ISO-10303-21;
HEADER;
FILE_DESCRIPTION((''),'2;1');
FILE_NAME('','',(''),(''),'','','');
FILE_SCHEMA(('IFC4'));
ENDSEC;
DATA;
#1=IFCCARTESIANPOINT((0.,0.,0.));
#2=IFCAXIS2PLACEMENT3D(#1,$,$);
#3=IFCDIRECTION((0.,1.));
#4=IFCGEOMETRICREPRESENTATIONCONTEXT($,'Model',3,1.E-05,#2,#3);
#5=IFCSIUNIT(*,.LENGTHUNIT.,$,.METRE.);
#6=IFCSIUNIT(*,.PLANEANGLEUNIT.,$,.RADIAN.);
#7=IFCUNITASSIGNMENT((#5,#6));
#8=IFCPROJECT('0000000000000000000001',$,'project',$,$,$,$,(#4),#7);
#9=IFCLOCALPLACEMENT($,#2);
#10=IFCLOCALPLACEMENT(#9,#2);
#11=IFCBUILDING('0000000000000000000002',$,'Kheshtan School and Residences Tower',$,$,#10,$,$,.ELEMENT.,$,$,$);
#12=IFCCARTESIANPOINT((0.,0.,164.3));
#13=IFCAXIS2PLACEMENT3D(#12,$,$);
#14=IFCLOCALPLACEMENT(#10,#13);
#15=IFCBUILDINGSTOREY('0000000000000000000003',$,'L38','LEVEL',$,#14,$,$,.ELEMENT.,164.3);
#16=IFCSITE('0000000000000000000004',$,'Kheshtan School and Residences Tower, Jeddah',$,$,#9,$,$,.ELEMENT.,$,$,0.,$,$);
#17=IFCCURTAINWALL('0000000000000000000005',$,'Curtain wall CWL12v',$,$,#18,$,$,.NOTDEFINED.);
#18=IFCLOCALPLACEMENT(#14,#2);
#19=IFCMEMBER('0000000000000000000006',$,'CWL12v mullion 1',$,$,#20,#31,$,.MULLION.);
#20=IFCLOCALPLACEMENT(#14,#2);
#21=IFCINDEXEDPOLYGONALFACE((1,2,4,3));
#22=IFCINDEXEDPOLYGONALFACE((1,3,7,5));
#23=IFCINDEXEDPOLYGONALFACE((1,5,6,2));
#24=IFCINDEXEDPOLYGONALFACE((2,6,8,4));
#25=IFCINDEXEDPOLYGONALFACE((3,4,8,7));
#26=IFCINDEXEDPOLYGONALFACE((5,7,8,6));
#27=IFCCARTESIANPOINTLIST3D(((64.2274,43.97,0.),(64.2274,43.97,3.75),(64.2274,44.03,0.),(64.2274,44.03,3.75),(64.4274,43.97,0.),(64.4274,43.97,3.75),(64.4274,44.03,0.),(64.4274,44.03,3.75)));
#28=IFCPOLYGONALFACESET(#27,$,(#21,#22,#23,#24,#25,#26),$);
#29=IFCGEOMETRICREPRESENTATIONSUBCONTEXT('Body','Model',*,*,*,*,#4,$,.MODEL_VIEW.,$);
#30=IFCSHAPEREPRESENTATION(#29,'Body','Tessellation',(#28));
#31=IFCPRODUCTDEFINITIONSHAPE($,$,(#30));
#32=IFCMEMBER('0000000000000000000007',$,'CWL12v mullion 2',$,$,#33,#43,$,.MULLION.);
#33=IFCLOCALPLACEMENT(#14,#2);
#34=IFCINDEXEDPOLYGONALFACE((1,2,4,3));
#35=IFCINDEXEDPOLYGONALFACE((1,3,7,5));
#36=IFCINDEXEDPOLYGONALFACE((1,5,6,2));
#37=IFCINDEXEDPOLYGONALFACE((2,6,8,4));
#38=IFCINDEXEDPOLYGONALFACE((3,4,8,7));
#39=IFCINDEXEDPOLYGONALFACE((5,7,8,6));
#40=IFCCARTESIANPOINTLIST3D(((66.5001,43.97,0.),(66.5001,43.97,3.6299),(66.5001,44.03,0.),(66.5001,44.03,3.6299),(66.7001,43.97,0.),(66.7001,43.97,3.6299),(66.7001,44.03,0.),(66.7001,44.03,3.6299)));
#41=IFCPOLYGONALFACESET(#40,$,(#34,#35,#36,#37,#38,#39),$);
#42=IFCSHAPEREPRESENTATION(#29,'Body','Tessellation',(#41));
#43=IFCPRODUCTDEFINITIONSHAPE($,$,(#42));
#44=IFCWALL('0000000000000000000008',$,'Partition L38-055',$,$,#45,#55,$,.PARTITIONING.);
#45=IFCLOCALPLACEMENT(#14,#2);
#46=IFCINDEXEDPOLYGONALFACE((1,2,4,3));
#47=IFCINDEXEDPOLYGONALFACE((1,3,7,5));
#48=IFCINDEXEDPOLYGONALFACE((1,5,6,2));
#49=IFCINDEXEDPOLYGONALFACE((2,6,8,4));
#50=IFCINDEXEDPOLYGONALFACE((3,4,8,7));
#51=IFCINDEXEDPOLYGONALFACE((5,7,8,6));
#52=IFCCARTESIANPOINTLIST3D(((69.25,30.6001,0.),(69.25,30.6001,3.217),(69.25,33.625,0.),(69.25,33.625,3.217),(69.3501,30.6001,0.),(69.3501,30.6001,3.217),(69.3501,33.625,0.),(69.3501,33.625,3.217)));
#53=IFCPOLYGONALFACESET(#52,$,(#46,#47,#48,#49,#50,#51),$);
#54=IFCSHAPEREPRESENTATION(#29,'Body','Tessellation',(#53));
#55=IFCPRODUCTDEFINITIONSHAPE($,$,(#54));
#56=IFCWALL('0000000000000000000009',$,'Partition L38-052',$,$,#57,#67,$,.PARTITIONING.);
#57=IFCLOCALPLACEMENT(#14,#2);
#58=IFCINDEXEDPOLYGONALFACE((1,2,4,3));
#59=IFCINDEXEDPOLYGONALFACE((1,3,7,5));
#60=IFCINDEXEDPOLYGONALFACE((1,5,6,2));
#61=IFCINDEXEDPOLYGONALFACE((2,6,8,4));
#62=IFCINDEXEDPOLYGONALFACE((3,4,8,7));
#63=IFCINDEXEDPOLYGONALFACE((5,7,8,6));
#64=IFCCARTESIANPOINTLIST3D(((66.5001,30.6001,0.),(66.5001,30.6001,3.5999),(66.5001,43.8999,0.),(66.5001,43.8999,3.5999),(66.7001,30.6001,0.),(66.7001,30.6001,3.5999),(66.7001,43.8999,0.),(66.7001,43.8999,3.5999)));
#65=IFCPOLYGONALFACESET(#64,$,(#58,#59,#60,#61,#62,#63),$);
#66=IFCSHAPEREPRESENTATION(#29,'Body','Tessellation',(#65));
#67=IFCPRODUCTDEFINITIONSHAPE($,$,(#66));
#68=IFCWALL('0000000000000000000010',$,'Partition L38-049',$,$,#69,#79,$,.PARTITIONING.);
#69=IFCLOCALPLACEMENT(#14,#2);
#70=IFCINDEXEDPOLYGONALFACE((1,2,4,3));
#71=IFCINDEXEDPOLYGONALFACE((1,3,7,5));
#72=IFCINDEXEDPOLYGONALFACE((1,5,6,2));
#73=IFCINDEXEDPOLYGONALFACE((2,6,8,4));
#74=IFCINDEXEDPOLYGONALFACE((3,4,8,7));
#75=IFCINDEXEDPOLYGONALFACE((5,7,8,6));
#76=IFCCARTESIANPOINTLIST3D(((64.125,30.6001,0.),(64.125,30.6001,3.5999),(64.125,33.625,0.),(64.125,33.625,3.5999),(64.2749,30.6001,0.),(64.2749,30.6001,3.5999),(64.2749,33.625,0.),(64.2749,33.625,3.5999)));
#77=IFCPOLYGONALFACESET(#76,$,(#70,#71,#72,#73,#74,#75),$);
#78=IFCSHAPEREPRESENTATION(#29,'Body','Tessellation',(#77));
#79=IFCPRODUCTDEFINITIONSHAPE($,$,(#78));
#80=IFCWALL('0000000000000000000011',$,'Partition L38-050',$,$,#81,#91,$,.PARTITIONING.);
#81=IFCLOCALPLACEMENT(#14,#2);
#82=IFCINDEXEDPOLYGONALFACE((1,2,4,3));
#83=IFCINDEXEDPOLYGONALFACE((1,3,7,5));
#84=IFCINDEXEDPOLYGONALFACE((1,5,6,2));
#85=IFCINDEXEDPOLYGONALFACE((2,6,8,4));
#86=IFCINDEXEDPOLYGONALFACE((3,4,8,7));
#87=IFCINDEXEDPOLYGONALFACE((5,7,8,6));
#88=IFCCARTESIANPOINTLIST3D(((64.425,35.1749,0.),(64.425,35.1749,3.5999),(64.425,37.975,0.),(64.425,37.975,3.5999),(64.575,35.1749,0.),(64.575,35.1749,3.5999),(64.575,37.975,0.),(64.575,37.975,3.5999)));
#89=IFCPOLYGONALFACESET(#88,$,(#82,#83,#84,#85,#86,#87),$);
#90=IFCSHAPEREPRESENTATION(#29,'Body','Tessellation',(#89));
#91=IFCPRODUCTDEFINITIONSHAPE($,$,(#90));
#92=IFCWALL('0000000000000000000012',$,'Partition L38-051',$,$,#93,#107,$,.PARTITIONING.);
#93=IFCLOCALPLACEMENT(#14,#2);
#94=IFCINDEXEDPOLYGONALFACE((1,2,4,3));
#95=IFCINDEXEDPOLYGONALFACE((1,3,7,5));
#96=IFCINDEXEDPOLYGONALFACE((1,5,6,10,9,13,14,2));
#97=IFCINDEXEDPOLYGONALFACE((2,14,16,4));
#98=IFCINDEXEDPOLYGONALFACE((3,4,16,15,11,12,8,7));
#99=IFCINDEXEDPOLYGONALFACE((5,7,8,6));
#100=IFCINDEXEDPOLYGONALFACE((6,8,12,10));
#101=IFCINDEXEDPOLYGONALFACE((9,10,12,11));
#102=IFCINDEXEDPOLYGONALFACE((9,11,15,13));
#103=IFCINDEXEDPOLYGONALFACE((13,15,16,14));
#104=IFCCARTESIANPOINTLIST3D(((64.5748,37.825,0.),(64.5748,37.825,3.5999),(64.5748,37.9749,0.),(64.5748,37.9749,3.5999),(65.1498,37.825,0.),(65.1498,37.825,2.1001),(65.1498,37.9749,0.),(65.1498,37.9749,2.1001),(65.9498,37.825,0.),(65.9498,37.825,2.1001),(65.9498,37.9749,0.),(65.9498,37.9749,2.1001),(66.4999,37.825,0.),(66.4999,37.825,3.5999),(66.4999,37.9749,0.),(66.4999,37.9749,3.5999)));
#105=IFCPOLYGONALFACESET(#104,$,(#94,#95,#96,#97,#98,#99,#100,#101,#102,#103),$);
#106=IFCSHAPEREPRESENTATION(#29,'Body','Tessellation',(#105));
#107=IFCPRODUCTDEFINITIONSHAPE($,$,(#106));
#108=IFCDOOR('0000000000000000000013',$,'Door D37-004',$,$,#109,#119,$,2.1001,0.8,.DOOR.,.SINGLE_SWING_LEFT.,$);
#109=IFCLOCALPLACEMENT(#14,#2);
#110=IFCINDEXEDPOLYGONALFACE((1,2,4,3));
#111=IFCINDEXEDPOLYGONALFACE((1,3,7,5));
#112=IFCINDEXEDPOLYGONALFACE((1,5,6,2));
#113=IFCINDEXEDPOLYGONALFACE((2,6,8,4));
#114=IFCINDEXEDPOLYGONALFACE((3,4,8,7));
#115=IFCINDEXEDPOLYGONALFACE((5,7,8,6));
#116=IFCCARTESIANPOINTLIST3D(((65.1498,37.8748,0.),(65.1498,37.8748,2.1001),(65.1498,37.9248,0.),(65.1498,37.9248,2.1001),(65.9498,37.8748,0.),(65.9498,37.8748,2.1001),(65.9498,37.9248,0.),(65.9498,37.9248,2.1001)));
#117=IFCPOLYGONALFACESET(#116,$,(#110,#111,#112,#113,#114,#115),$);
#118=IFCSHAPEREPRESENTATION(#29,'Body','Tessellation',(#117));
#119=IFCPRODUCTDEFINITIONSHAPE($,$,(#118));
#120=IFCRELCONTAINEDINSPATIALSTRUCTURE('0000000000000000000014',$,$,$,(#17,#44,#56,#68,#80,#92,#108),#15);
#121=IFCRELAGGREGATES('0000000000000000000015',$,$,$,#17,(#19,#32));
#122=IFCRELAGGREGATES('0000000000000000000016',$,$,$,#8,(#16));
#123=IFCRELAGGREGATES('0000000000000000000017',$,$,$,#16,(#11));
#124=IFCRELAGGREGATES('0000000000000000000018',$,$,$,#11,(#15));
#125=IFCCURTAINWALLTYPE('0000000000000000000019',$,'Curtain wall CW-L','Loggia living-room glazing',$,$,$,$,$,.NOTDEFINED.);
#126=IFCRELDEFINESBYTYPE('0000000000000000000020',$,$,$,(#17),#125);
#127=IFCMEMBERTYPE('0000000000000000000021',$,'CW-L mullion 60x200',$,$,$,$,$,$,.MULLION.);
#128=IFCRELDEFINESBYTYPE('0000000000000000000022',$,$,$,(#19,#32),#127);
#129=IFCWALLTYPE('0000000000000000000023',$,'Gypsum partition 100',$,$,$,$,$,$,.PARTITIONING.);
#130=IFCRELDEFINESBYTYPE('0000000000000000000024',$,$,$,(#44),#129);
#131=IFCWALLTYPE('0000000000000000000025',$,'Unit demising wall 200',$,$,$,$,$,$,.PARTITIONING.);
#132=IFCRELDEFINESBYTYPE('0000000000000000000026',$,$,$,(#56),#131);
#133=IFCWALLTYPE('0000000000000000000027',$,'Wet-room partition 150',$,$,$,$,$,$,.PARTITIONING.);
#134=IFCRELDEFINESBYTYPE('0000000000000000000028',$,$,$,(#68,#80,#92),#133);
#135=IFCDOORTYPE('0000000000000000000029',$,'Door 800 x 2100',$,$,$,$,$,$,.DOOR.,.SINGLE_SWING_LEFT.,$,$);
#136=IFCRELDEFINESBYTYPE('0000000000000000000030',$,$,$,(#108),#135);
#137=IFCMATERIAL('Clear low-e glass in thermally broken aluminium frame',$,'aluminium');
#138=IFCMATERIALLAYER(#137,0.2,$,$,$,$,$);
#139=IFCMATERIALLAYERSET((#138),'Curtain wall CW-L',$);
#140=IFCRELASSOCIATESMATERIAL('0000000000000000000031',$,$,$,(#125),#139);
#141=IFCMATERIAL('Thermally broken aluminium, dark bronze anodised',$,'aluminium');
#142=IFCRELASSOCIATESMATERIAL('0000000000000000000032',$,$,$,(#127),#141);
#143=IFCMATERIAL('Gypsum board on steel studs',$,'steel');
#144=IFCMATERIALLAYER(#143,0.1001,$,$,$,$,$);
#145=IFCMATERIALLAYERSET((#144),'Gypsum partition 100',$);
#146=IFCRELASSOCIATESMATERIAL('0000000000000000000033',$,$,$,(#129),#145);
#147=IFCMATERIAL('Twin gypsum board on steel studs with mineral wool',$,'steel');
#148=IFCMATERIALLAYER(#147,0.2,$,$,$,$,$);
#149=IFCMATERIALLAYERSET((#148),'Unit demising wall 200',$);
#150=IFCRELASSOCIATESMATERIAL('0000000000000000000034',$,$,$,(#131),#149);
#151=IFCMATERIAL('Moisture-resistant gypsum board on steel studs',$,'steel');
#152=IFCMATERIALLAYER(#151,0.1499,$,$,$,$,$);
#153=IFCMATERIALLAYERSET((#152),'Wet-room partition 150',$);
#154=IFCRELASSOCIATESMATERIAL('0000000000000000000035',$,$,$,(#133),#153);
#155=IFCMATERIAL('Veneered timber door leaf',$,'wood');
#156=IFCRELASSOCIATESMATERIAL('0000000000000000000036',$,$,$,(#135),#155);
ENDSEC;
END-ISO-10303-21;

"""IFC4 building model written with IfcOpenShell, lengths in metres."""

from ifc_helpers import new_model, si_unit, direction, frame, frame_2d, origin, origin_2d, place, context, subcontext, project, spatial, rectangle, extrude, source, transform, mapped, material, layer, layer_set, material_profile, profile_set, type_object, element, fill, aggregate, save


model = new_model("IFC4")

# Units and contexts
model_context = context("Model", 3, precision=1e-05, world=origin(), true_north=direction((0.0, 1.0)))
body_context = subcontext(model_context, "Body", "Model", "MODEL_VIEW")
ifc_project = project(units=[si_unit("LENGTHUNIT", "METRE"), si_unit("PLANEANGLEUNIT", "RADIAN")], contexts=[model_context])

# Site, building, storey
site_placement = place(None, origin())
site = spatial("IfcSite", under=ifc_project, at=site_placement, Name="Kheshtan School and Residences Tower, Jeddah", CompositionType="ELEMENT", RefElevation=0.0)
building_placement = place(site_placement, origin())
building = spatial("IfcBuilding", under=site, at=building_placement, Name="Kheshtan School and Residences Tower", CompositionType="ELEMENT")
storey_placement = place(building_placement, frame((0.0, 0.0, 164.3)))
storey = spatial("IfcBuildingStorey", under=building, at=storey_placement, Name="L38", Description="LEVEL", CompositionType="ELEMENT", Elevation=164.3)

# Curtain wall, members
ifc_material_1 = material(Name="Clear low-e glass in thermally broken aluminium frame", Category="aluminium")
ifc_layer_1 = layer(ifc_material_1, 0.2)
ifc_layer_set_1 = layer_set([ifc_layer_1], Name="Curtain wall CW-L")
curtain_wall_type = type_object("IfcCurtainWallType", Name="Curtain wall CW-L", Description="Loggia living-room glazing", PredefinedType="NOTDEFINED", material=ifc_layer_set_1)
curtain_wall_placement = place(storey_placement, origin())
curtain_wall = element("IfcCurtainWall", 1, at=curtain_wall_placement, inside=storey, type_object=curtain_wall_type, Name="Curtain wall CWL12v", PredefinedType="NOTDEFINED")
ifc_material_2 = material(Name="Thermally broken aluminium, dark bronze anodised", Category="aluminium")
ifc_material_profile_1 = material_profile(ifc_material_2, rectangle(XDim=0.0601, YDim=0.2, at=origin_2d()), Name="CW-L mullion 60x200")
ifc_profile_set_1 = profile_set([ifc_material_profile_1], Name="Thermally broken aluminium, dark bronze anodised")
member_type = type_object("IfcMemberType", Name="CW-L mullion 60x200", PredefinedType="MULLION", material=ifc_profile_set_1)
member_1_placement = place(storey_placement, frame((64.3274, 44.0, 0.0), z_axis=(0.0, 0.0, 1.0), x_axis=(0.0, 1.0, 0.0)))
member_1 = element("IfcMember", 2, at=member_1_placement, type_object=member_type, Name="CWL12v mullion 1", PredefinedType="MULLION", context=body_context, shape_type="SweptSolid", body=[
    extrude(rectangle(XDim=0.0601, YDim=0.2, at=origin_2d()), origin(), (0.0, 0.0, 1.0), 3.75),
])
member_2_placement = place(storey_placement, frame((66.6001, 44.0, 0.0), z_axis=(0.0, 0.0, 1.0), x_axis=(0.0, 1.0, 0.0)))
member_2 = element("IfcMember", 3, at=member_2_placement, type_object=member_type, Name="CWL12v mullion 2", PredefinedType="MULLION", context=body_context, shape_type="SweptSolid", body=[
    extrude(rectangle(XDim=0.0601, YDim=0.2, at=origin_2d()), origin(), (0.0, 0.0, 1.0), 3.6299),
])
aggregate(curtain_wall, [member_1, member_2])

# Walls
ifc_material_3 = material(Name="Gypsum board on steel studs", Category="steel")
ifc_layer_2 = layer(ifc_material_3, 0.1001)
ifc_layer_set_2 = layer_set([ifc_layer_2], Name="Gypsum partition 100")
wall_type_1 = type_object("IfcWallType", Name="Gypsum partition 100", PredefinedType="PARTITIONING", material=ifc_layer_set_2)
wall_1_placement = place(storey_placement, frame((69.3, 30.6001, 0.0), z_axis=(0.0, 0.0, 1.0), x_axis=(0.0, 1.0, 0.0)))
element("IfcWall", 4, at=wall_1_placement, inside=storey, type_object=wall_type_1, Name="Partition L38-055", PredefinedType="PARTITIONING", context=body_context, shape_type="SweptSolid", body=[
    extrude(rectangle(XDim=3.0249, YDim=0.1001, at=frame_2d((1.5125, 0.0))), origin(), (0.0, 0.0, 1.0), 3.217),
])
ifc_material_4 = material(Name="Twin gypsum board on steel studs with mineral wool", Category="steel")
ifc_layer_3 = layer(ifc_material_4, 0.2)
ifc_layer_set_3 = layer_set([ifc_layer_3], Name="Unit demising wall 200")
wall_type_2 = type_object("IfcWallType", Name="Unit demising wall 200", PredefinedType="PARTITIONING", material=ifc_layer_set_3)
wall_2_placement = place(storey_placement, frame((66.6001, 30.6001, 0.0), z_axis=(0.0, 0.0, 1.0), x_axis=(0.0, 1.0, 0.0)))
element("IfcWall", 5, at=wall_2_placement, inside=storey, type_object=wall_type_2, Name="Partition L38-052", PredefinedType="PARTITIONING", context=body_context, shape_type="SweptSolid", body=[
    extrude(rectangle(XDim=13.2998, YDim=0.2, at=frame_2d((6.6499, 0.0))), origin(), (0.0, 0.0, 1.0), 3.5999),
])
ifc_material_5 = material(Name="Moisture-resistant gypsum board on steel studs", Category="steel")
ifc_layer_4 = layer(ifc_material_5, 0.1499)
ifc_layer_set_4 = layer_set([ifc_layer_4], Name="Wet-room partition 150")
wall_type_3 = type_object("IfcWallType", Name="Wet-room partition 150", PredefinedType="PARTITIONING", material=ifc_layer_set_4)
wall_3_placement = place(storey_placement, frame((64.2, 30.6001, 0.0), z_axis=(0.0, 0.0, 1.0), x_axis=(0.0, 1.0, 0.0)))
element("IfcWall", 6, at=wall_3_placement, inside=storey, type_object=wall_type_3, Name="Partition L38-049", PredefinedType="PARTITIONING", context=body_context, shape_type="SweptSolid", body=[
    extrude(rectangle(XDim=3.0249, YDim=0.1499, at=frame_2d((1.5125, 0.0))), origin(), (0.0, 0.0, 1.0), 3.5999),
])
wall_4_placement = place(storey_placement, frame((64.5, 35.175, 0.0), z_axis=(0.0, 0.0, 1.0), x_axis=(0.0, 1.0, 0.0)))
element("IfcWall", 7, at=wall_4_placement, inside=storey, type_object=wall_type_3, Name="Partition L38-050", PredefinedType="PARTITIONING", context=body_context, shape_type="SweptSolid", body=[
    extrude(rectangle(XDim=2.8, YDim=0.1499, at=frame_2d((1.3999, 0.0))), origin(), (0.0, 0.0, 1.0), 3.5999),
])

# Wall, opening, door
wall_5_placement = place(storey_placement, frame((64.575, 37.8999, 0.0), z_axis=(0.0, 0.0, 1.0), x_axis=(1.0, 0.0, 0.0)))
wall_5 = element("IfcWall", 8, at=wall_5_placement, inside=storey, type_object=wall_type_3, Name="Partition L38-051", PredefinedType="PARTITIONING", context=body_context, shape_type="SweptSolid", body=[
    extrude(rectangle(XDim=1.925, YDim=0.1499, at=frame_2d((0.9624, 0.0))), origin(), (0.0, 0.0, 1.0), 3.5999),
])
opening_1_placement = place(wall_5_placement, frame((0.575, 0.0, 0.0)))
opening_1 = element("IfcOpeningElement", 9, at=opening_1_placement, cuts=wall_5, PredefinedType="OPENING", context=body_context, shape_type="SweptSolid", body=[
    extrude(rectangle(XDim=0.8, YDim=2.1001, at=frame_2d((0.3999, 1.05))), frame((0.0, 0.085, 0.0), z_axis=(0.0, -1.0, 0.0), x_axis=(1.0, 0.0, 0.0)), (0.0, 0.0, 1.0), 0.1699),
])
ifc_material_6 = material(Name="Veneered timber door leaf", Category="wood")
door_type_1 = type_object("IfcDoorType", Name="Door 800 x 2100", OperationType="SINGLE_SWING_LEFT", PredefinedType="DOOR", material=ifc_material_6)
shared_shape_1 = source(origin(), body_context, "Body", "SweptSolid", [
    extrude(rectangle(XDim=0.8, YDim=2.1001, at=frame_2d((0.3999, 1.05))), frame((0.0, 0.0249, 0.0), z_axis=(0.0, -1.0, 0.0), x_axis=(1.0, 0.0, 0.0)), (0.0, 0.0, 1.0), 0.05),
])
door_1_placement = place(opening_1_placement, origin())
door_1 = element("IfcDoor", 10, at=door_1_placement, inside=storey, type_object=door_type_1, Name="Door D37-004", OperationType="SINGLE_SWING_LEFT", OverallHeight=2.1001, OverallWidth=0.8, PredefinedType="DOOR", context=body_context, shape_type="MappedRepresentation", body=[
    mapped(shared_shape_1, transform((0.0, 0.0, 0.0), x_axis=(1.0, 0.0, 0.0), y_axis=(0.0, 1.0, 0.0), z_axis=(0.0, 0.0, 1.0), scale=1.0)),
])
fill(opening_1, door_1)

save(model, "model.ifc")
